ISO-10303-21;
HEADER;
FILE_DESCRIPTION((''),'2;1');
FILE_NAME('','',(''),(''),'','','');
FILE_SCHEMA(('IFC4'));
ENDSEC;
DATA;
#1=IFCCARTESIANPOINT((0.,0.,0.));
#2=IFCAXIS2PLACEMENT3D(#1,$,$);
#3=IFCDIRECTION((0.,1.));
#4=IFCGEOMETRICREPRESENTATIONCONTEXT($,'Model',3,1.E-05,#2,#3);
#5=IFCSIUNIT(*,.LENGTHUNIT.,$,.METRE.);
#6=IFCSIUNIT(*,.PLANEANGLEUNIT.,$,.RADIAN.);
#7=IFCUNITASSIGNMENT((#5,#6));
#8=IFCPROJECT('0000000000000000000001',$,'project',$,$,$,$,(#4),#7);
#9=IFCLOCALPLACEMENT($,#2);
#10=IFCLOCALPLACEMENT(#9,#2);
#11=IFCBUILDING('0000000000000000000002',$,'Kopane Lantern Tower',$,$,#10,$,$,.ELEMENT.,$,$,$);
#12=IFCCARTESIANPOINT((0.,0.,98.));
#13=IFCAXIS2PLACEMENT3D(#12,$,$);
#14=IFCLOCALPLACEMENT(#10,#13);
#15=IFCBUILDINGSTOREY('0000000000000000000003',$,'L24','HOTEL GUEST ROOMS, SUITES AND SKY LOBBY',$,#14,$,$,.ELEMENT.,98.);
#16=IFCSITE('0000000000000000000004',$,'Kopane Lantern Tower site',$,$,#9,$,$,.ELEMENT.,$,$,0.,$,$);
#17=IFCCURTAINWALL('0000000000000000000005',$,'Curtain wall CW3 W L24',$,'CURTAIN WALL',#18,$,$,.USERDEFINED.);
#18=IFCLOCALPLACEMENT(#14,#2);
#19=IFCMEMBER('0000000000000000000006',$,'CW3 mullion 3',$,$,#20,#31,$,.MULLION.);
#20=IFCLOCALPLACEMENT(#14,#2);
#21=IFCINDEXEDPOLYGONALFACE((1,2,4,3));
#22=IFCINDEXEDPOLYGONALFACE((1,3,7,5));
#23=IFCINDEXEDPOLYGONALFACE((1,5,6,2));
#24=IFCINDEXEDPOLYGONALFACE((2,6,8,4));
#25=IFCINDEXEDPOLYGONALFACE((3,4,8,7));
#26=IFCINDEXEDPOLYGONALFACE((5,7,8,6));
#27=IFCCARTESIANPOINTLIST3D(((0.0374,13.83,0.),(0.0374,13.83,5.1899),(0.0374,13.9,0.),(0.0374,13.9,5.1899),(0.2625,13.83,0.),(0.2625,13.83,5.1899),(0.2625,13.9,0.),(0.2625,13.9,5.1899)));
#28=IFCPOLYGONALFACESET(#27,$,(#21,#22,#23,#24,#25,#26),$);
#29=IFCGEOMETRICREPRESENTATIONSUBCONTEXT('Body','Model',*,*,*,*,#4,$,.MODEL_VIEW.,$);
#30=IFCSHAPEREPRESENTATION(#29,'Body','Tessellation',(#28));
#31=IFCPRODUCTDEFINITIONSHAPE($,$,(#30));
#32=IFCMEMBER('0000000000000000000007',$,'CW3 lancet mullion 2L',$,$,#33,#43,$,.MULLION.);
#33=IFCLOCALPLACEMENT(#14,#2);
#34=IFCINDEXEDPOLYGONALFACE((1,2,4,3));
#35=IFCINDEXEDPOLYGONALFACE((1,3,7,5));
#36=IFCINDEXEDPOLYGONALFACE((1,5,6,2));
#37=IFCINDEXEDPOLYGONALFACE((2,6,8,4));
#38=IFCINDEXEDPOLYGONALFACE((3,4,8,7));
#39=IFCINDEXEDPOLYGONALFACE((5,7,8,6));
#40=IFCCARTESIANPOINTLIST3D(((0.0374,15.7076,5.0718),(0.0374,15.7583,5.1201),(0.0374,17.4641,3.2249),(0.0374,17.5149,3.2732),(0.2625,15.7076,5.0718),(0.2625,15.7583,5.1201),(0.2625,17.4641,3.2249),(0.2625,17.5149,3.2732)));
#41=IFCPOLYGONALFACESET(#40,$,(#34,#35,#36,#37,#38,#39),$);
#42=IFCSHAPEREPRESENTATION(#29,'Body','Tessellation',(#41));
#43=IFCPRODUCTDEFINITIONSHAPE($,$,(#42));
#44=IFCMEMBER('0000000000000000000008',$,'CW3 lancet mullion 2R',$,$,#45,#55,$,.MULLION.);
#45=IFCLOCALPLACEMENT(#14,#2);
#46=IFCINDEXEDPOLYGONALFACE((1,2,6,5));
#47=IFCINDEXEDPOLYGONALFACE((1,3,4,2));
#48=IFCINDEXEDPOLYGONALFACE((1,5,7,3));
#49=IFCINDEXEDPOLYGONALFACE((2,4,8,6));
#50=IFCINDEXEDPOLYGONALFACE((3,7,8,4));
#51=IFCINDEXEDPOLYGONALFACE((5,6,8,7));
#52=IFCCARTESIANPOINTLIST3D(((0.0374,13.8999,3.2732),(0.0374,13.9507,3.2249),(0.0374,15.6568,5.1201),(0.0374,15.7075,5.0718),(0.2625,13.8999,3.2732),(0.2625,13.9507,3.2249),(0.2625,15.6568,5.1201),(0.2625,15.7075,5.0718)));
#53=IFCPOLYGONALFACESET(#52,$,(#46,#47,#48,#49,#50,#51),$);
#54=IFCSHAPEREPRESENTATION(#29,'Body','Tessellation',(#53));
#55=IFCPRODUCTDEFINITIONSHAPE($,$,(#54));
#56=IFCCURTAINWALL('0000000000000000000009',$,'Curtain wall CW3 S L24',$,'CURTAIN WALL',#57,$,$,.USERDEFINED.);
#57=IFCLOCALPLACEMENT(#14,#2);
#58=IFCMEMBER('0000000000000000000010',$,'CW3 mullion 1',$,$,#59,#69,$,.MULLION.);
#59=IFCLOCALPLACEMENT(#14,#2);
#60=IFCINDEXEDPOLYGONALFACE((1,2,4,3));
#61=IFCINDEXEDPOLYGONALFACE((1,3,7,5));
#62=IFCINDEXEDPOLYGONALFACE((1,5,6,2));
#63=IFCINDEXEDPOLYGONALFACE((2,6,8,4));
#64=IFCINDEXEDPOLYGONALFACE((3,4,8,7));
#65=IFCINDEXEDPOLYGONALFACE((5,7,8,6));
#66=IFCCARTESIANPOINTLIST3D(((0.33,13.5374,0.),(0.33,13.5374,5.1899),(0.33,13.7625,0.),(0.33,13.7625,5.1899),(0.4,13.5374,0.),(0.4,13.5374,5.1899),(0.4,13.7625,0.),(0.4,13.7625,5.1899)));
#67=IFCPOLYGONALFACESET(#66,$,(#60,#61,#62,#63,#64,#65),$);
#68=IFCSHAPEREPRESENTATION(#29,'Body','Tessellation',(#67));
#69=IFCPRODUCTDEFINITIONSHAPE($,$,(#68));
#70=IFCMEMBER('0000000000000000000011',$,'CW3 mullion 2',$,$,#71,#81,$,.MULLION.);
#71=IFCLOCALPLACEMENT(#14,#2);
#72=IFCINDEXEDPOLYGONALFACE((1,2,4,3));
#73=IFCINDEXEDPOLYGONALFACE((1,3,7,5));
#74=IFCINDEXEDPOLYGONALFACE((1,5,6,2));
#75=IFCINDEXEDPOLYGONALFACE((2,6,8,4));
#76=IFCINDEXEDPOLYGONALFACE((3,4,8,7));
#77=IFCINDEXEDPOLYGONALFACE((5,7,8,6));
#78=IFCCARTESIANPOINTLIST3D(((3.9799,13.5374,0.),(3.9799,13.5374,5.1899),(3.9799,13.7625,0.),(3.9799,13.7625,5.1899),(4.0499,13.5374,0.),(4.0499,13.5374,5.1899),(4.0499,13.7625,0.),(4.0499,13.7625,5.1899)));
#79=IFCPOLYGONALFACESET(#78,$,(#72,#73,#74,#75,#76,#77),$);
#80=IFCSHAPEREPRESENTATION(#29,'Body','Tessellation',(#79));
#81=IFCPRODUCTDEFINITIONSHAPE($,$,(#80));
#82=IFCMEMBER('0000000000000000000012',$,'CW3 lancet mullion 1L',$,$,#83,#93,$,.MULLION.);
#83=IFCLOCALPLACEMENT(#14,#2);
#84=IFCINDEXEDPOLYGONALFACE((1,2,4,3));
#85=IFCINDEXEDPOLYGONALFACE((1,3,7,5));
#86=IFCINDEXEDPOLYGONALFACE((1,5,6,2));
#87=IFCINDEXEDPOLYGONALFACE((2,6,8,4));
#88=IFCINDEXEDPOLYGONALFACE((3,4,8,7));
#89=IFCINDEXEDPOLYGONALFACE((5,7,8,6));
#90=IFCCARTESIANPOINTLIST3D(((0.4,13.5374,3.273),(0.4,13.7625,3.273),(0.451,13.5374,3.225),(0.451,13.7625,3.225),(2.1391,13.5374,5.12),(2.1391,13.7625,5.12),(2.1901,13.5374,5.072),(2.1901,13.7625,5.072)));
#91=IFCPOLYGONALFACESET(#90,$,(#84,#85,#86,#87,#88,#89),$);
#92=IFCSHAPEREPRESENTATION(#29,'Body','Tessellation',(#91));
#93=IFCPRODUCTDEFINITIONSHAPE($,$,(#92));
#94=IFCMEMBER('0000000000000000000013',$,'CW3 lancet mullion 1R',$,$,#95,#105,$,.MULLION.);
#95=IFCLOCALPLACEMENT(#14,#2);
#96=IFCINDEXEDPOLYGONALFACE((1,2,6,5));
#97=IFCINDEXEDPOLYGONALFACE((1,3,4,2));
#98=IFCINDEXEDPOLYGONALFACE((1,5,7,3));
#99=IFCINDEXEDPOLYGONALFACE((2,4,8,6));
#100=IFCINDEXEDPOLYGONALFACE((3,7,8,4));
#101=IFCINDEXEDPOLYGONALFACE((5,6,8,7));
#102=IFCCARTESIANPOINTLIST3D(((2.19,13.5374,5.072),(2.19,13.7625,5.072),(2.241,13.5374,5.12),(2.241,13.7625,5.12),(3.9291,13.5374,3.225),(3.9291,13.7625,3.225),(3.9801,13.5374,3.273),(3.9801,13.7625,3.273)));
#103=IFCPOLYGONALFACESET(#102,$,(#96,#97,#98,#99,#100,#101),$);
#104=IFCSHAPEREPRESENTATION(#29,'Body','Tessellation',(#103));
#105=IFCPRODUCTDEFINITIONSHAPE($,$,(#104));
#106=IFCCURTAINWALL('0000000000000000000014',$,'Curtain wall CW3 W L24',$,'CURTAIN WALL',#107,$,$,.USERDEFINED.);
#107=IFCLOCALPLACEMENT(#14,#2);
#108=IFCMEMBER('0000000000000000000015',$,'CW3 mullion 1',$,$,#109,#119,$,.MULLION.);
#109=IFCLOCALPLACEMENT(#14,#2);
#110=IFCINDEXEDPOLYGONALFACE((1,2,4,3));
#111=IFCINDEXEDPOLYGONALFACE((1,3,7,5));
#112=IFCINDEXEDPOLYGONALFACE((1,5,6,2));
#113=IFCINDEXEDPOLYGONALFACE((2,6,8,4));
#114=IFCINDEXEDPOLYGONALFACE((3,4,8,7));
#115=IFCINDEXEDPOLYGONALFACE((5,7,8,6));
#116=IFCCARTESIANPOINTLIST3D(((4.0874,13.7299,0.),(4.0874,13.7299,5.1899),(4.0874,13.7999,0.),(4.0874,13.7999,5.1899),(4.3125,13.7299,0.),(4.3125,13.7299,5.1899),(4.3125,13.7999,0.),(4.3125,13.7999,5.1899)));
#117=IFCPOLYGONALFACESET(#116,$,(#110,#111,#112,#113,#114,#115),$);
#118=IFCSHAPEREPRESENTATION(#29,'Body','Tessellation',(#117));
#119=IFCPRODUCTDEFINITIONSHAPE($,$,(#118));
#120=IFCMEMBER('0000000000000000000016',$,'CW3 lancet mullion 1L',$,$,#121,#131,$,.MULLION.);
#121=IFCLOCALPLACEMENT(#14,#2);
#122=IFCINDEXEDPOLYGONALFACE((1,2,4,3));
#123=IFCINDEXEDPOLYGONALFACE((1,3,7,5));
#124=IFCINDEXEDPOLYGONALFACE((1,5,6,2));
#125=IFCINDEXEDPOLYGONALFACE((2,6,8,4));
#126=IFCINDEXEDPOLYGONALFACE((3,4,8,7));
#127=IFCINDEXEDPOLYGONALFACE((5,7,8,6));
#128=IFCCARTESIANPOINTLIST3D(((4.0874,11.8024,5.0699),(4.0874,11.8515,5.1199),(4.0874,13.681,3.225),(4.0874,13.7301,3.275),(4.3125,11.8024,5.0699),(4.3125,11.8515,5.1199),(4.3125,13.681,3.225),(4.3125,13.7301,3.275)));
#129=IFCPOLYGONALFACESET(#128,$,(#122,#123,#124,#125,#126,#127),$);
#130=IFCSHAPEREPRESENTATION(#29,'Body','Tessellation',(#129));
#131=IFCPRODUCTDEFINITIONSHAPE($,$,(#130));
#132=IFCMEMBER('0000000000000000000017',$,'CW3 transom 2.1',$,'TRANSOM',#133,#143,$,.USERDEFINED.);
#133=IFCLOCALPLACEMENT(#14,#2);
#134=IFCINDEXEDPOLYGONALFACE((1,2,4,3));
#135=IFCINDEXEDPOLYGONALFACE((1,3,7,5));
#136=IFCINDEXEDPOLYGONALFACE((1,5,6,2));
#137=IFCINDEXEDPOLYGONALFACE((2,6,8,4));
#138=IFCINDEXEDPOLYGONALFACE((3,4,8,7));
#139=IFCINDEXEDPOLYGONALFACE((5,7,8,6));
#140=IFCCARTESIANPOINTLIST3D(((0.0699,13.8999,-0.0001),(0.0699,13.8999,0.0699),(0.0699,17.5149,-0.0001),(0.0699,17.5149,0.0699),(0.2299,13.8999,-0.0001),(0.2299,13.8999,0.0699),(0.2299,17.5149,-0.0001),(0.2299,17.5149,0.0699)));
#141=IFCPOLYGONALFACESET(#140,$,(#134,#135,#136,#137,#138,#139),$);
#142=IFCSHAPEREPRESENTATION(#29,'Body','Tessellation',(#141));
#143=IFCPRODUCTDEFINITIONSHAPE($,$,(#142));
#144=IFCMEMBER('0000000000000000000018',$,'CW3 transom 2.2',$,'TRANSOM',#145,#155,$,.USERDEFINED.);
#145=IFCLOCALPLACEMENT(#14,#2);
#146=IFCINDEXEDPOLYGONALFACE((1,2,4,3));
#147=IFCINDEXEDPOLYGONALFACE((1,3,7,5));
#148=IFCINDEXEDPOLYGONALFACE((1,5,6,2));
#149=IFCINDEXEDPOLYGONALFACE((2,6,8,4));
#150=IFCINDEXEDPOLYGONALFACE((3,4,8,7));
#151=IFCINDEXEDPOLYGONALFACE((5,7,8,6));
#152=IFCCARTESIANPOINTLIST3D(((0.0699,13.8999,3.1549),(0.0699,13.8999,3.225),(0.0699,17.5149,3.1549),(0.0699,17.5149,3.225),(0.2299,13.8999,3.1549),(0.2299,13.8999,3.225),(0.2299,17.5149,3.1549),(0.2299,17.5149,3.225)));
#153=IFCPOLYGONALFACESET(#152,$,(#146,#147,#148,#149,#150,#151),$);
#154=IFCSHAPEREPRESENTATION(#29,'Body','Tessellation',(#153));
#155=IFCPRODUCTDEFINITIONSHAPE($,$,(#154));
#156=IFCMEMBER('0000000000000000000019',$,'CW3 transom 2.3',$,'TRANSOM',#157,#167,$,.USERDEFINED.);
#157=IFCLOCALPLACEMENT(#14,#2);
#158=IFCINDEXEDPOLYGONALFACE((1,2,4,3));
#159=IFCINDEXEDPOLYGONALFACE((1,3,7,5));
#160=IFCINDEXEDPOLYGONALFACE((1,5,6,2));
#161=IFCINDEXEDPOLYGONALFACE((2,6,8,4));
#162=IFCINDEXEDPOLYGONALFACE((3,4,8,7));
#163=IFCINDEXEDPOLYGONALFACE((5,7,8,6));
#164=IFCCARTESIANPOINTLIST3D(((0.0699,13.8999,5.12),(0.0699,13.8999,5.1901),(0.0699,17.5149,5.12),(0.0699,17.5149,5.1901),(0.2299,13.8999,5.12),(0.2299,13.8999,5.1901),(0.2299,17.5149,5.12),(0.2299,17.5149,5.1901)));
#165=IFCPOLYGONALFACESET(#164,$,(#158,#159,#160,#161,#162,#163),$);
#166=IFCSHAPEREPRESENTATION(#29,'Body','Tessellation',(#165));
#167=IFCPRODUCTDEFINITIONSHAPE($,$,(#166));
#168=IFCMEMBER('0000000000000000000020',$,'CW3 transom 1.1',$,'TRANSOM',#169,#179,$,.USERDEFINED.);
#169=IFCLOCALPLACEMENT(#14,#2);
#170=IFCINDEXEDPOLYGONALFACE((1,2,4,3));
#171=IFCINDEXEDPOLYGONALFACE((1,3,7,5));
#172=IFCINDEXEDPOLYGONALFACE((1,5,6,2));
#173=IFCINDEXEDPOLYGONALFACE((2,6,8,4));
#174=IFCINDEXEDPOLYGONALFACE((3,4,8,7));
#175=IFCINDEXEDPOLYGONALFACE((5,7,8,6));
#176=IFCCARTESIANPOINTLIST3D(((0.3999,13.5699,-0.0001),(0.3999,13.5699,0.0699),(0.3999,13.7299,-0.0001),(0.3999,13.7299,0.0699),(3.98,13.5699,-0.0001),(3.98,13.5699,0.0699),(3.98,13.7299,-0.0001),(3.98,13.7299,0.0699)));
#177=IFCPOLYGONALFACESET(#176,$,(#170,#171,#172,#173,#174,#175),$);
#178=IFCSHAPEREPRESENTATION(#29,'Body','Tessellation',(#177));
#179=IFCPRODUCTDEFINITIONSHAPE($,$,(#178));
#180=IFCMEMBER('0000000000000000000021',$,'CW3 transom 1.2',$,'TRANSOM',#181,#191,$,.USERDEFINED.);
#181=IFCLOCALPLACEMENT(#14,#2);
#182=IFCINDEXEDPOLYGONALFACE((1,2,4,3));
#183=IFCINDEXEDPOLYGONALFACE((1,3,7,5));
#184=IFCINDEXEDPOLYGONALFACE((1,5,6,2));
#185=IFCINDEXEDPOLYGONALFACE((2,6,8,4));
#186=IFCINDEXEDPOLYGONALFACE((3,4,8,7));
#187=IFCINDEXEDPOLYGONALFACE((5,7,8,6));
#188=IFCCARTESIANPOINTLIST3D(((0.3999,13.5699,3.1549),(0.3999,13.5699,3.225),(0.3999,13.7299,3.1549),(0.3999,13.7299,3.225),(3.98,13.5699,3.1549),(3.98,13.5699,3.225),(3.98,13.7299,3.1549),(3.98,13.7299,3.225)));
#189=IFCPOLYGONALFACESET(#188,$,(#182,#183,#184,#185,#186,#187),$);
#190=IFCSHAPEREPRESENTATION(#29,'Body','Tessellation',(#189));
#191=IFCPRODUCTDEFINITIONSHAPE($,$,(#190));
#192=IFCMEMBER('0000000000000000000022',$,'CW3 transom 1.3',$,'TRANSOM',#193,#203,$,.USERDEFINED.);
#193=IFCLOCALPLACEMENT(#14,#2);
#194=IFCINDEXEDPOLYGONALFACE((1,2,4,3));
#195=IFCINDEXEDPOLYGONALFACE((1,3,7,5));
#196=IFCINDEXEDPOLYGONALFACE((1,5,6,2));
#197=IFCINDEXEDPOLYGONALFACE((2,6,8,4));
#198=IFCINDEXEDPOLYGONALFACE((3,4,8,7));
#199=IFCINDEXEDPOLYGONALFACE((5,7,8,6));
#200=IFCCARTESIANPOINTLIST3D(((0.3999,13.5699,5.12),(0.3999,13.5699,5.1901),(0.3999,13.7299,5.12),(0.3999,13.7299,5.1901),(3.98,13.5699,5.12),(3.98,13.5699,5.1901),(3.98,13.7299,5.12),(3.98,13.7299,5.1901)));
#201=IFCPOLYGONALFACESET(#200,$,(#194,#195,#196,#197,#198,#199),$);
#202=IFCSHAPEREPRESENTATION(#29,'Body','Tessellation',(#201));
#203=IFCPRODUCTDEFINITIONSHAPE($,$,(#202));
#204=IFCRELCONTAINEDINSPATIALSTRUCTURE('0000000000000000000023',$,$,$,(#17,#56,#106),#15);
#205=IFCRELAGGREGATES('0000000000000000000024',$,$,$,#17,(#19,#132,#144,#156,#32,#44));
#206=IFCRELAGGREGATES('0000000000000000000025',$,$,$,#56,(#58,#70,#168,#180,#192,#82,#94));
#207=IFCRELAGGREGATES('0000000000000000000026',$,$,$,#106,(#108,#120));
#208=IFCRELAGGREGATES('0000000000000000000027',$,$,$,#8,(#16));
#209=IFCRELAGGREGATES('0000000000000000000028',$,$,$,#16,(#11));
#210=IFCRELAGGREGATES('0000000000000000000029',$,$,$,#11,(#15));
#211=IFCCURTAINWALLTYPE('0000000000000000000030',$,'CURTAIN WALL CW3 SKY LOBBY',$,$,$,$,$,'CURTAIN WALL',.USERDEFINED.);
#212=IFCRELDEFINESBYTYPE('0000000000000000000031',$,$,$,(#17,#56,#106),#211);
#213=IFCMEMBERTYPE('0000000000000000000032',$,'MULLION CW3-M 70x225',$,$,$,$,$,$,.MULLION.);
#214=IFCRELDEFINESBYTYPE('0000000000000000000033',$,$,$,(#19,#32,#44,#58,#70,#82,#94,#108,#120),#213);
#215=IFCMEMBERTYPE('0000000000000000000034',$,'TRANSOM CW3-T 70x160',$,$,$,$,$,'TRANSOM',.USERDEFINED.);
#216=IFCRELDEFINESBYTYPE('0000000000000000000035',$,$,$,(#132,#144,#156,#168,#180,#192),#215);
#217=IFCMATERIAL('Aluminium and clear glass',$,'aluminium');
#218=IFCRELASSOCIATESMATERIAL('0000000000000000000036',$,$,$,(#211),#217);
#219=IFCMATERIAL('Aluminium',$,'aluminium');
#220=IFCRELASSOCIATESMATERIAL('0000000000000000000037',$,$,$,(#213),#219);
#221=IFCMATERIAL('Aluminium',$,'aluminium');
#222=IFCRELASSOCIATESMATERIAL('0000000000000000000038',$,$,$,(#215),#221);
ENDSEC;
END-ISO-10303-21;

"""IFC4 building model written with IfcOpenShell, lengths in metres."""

from ifc_helpers import new_model, si_unit, direction, frame, origin, origin_2d, place, context, subcontext, project, spatial, rectangle, extrude, material, material_profile, profile_set, type_object, element, aggregate, save


model = new_model("IFC4")

# Units and contexts
model_context = context("Model", 3, precision=1e-05, world=origin(), true_north=direction((0.0, 1.0)))
body_context = subcontext(model_context, "Body", "Model", "MODEL_VIEW")
ifc_project = project(units=[si_unit("LENGTHUNIT", "METRE"), si_unit("PLANEANGLEUNIT", "RADIAN")], contexts=[model_context])

# Site, building, storey
site_placement = place(None, origin())
site = spatial("IfcSite", under=ifc_project, at=site_placement, Name="Kopane Lantern Tower site", CompositionType="ELEMENT", RefElevation=0.0)
building_placement = place(site_placement, origin())
building = spatial("IfcBuilding", under=site, at=building_placement, Name="Kopane Lantern Tower", CompositionType="ELEMENT")
storey_placement = place(building_placement, frame((0.0, 0.0, 98.0)))
storey = spatial("IfcBuildingStorey", under=building, at=storey_placement, Name="L24", Description="HOTEL GUEST ROOMS, SUITES AND SKY LOBBY", CompositionType="ELEMENT", Elevation=98.0)

# Curtain walls, members
ifc_material_1 = material(Name="Aluminium and clear glass", Category="aluminium")
curtain_wall_type = type_object("IfcCurtainWallType", Name="CURTAIN WALL CW3 SKY LOBBY", ElementType="CURTAIN WALL", PredefinedType="USERDEFINED", material=ifc_material_1)
curtain_wall_1_placement = place(storey_placement, origin())
curtain_wall_1 = element("IfcCurtainWall", 1, at=curtain_wall_1_placement, inside=storey, type_object=curtain_wall_type, Name="Curtain wall CW3 W L24", ObjectType="CURTAIN WALL", PredefinedType="USERDEFINED")
ifc_material_2 = material(Name="Aluminium", Category="aluminium")
ifc_material_profile_1 = material_profile(ifc_material_2, rectangle(XDim=0.0701, YDim=0.2251, at=origin_2d()), Name="AL 70x225")
ifc_profile_set_1 = profile_set([ifc_material_profile_1], Name="Aluminium")
member_type_1 = type_object("IfcMemberType", Name="MULLION CW3-M 70x225", PredefinedType="MULLION", material=ifc_profile_set_1)
member_1_placement = place(storey_placement, frame((0.1499, 13.865, 0.0), z_axis=(0.0, 0.0, 1.0), x_axis=(0.0, -1.0, 0.0)))
member_1 = element("IfcMember", 2, at=member_1_placement, type_object=member_type_1, Name="CW3 mullion 3", PredefinedType="MULLION", context=body_context, shape_type="SweptSolid", body=[
    extrude(rectangle(XDim=0.0701, YDim=0.2251, at=origin_2d()), origin(), (0.0, 0.0, 1.0), 5.1899),
])
member_2_placement = place(storey_placement, frame((0.1499, 17.4895, 3.249), z_axis=(0.0, -0.689165, 0.724605), x_axis=(0.0, 0.724605, 0.689165)))
member_2 = element("IfcMember", 3, at=member_2_placement, type_object=member_type_1, Name="CW3 lancet mullion 2L", PredefinedType="MULLION", context=body_context, shape_type="SweptSolid", body=[
    extrude(rectangle(XDim=0.0701, YDim=0.2251, at=origin_2d()), origin(), (0.0, 0.0, 1.0), 2.5488),
])
member_3_placement = place(storey_placement, frame((0.1499, 13.9253, 3.249), z_axis=(0.0, 0.689215, 0.724557), x_axis=(0.0, -0.724557, 0.689215)))
member_3 = element("IfcMember", 4, at=member_3_placement, type_object=member_type_1, Name="CW3 lancet mullion 2R", PredefinedType="MULLION", context=body_context, shape_type="SweptSolid", body=[
    extrude(rectangle(XDim=0.0701, YDim=0.2251, at=origin_2d()), origin(), (0.0, 0.0, 1.0), 2.5491),
])
curtain_wall_2_placement = place(storey_placement, origin())
curtain_wall_2 = element("IfcCurtainWall", 5, at=curtain_wall_2_placement, inside=storey, type_object=curtain_wall_type, Name="Curtain wall CW3 S L24", ObjectType="CURTAIN WALL", PredefinedType="USERDEFINED")
member_4_placement = place(storey_placement, frame((0.365, 13.6499, 0.0), z_axis=(0.0, 0.0, 1.0), x_axis=(1.0, 0.0, 0.0)))
member_4 = element("IfcMember", 6, at=member_4_placement, type_object=member_type_1, Name="CW3 mullion 1", PredefinedType="MULLION", context=body_context, shape_type="SweptSolid", body=[
    extrude(rectangle(XDim=0.0701, YDim=0.2251, at=origin_2d()), origin(), (0.0, 0.0, 1.0), 5.1899),
])
member_5_placement = place(storey_placement, frame((4.0149, 13.6499, 0.0), z_axis=(0.0, 0.0, 1.0), x_axis=(1.0, 0.0, 0.0)))
member_5 = element("IfcMember", 7, at=member_5_placement, type_object=member_type_1, Name="CW3 mullion 2", PredefinedType="MULLION", context=body_context, shape_type="SweptSolid", body=[
    extrude(rectangle(XDim=0.0701, YDim=0.2251, at=origin_2d()), origin(), (0.0, 0.0, 1.0), 5.1899),
])
member_6_placement = place(storey_placement, frame((0.4255, 13.6499, 3.249), z_axis=(0.685518, 0.0, 0.728056), x_axis=(-0.728056, 0.0, 0.685518)))
member_6 = element("IfcMember", 8, at=member_6_placement, type_object=member_type_1, Name="CW3 lancet mullion 1L", PredefinedType="MULLION", context=body_context, shape_type="SweptSolid", body=[
    extrude(rectangle(XDim=0.0701, YDim=0.2251, at=origin_2d()), origin(), (0.0, 0.0, 1.0), 2.5369),
])
member_7_placement = place(storey_placement, frame((3.9546, 13.6499, 3.249), z_axis=(-0.685518, 0.0, 0.728056), x_axis=(0.728056, 0.0, 0.685518)))
member_7 = element("IfcMember", 9, at=member_7_placement, type_object=member_type_1, Name="CW3 lancet mullion 1R", PredefinedType="MULLION", context=body_context, shape_type="SweptSolid", body=[
    extrude(rectangle(XDim=0.0701, YDim=0.2251, at=origin_2d()), origin(), (0.0, 0.0, 1.0), 2.5369),
])
curtain_wall_3_placement = place(storey_placement, origin())
curtain_wall_3 = element("IfcCurtainWall", 10, at=curtain_wall_3_placement, inside=storey, type_object=curtain_wall_type, Name="Curtain wall CW3 W L24", ObjectType="CURTAIN WALL", PredefinedType="USERDEFINED")
member_8_placement = place(storey_placement, frame((4.2, 13.7649, 0.0), z_axis=(0.0, 0.0, 1.0), x_axis=(0.0, -1.0, 0.0)))
member_8 = element("IfcMember", 11, at=member_8_placement, type_object=member_type_1, Name="CW3 mullion 1", PredefinedType="MULLION", context=body_context, shape_type="SweptSolid", body=[
    extrude(rectangle(XDim=0.0701, YDim=0.2251, at=origin_2d()), origin(), (0.0, 0.0, 1.0), 5.1899),
])
member_9_placement = place(storey_placement, frame((4.2, 13.7056, 3.25), z_axis=(0.0, -0.713475, 0.70068), x_axis=(0.0, 0.70068, 0.713475)))
member_9 = element("IfcMember", 12, at=member_9_placement, type_object=member_type_1, Name="CW3 lancet mullion 1L", PredefinedType="MULLION", context=body_context, shape_type="SweptSolid", body=[
    extrude(rectangle(XDim=0.0701, YDim=0.2251, at=origin_2d()), origin(), (0.0, 0.0, 1.0), 2.6331),
])

# Members
ifc_material_3 = material(Name="Aluminium", Category="aluminium")
ifc_material_profile_2 = material_profile(ifc_material_3, rectangle(XDim=0.1599, YDim=0.0701, at=origin_2d()), Name="AL 160x70")
ifc_profile_set_2 = profile_set([ifc_material_profile_2], Name="Aluminium")
member_type_2 = type_object("IfcMemberType", Name="TRANSOM CW3-T 70x160", ElementType="TRANSOM", PredefinedType="USERDEFINED", material=ifc_profile_set_2)
member_10_placement = place(storey_placement, frame((0.1499, 17.5149, 0.0349), z_axis=(0.0, -1.0, 0.0), x_axis=(1.0, 0.0, 0.0)))
member_10 = element("IfcMember", 13, at=member_10_placement, type_object=member_type_2, Name="CW3 transom 2.1", ObjectType="TRANSOM", PredefinedType="USERDEFINED", context=body_context, shape_type="SweptSolid", body=[
    extrude(rectangle(XDim=0.1599, YDim=0.0701, at=origin_2d()), origin(), (0.0, 0.0, 1.0), 3.615),
])
member_11_placement = place(storey_placement, frame((0.1499, 17.5149, 3.1899), z_axis=(0.0, -1.0, 0.0), x_axis=(1.0, 0.0, 0.0)))
member_11 = element("IfcMember", 14, at=member_11_placement, type_object=member_type_2, Name="CW3 transom 2.2", ObjectType="TRANSOM", PredefinedType="USERDEFINED", context=body_context, shape_type="SweptSolid", body=[
    extrude(rectangle(XDim=0.1599, YDim=0.0701, at=origin_2d()), origin(), (0.0, 0.0, 1.0), 3.615),
])
member_12_placement = place(storey_placement, frame((0.1499, 17.5149, 5.155), z_axis=(0.0, -1.0, 0.0), x_axis=(1.0, 0.0, 0.0)))
member_12 = element("IfcMember", 15, at=member_12_placement, type_object=member_type_2, Name="CW3 transom 2.3", ObjectType="TRANSOM", PredefinedType="USERDEFINED", context=body_context, shape_type="SweptSolid", body=[
    extrude(rectangle(XDim=0.1599, YDim=0.0701, at=origin_2d()), origin(), (0.0, 0.0, 1.0), 3.615),
])
member_13_placement = place(storey_placement, frame((0.3999, 13.6499, 0.0349), z_axis=(1.0, 0.0, 0.0), x_axis=(0.0, 1.0, 0.0)))
member_13 = element("IfcMember", 16, at=member_13_placement, type_object=member_type_2, Name="CW3 transom 1.1", ObjectType="TRANSOM", PredefinedType="USERDEFINED", context=body_context, shape_type="SweptSolid", body=[
    extrude(rectangle(XDim=0.1599, YDim=0.0701, at=origin_2d()), origin(), (0.0, 0.0, 1.0), 3.5801),
])
member_14_placement = place(storey_placement, frame((0.3999, 13.6499, 3.1899), z_axis=(1.0, 0.0, 0.0), x_axis=(0.0, 1.0, 0.0)))
member_14 = element("IfcMember", 17, at=member_14_placement, type_object=member_type_2, Name="CW3 transom 1.2", ObjectType="TRANSOM", PredefinedType="USERDEFINED", context=body_context, shape_type="SweptSolid", body=[
    extrude(rectangle(XDim=0.1599, YDim=0.0701, at=origin_2d()), origin(), (0.0, 0.0, 1.0), 3.5801),
])
member_15_placement = place(storey_placement, frame((0.3999, 13.6499, 5.155), z_axis=(1.0, 0.0, 0.0), x_axis=(0.0, 1.0, 0.0)))
member_15 = element("IfcMember", 18, at=member_15_placement, type_object=member_type_2, Name="CW3 transom 1.3", ObjectType="TRANSOM", PredefinedType="USERDEFINED", context=body_context, shape_type="SweptSolid", body=[
    extrude(rectangle(XDim=0.1599, YDim=0.0701, at=origin_2d()), origin(), (0.0, 0.0, 1.0), 3.5801),
])

aggregate(curtain_wall_1, [member_1, member_10, member_11, member_12, member_2, member_3])
aggregate(curtain_wall_2, [member_4, member_5, member_13, member_14, member_15, member_6, member_7])
aggregate(curtain_wall_3, [member_8, member_9])

save(model, "model.ifc")
